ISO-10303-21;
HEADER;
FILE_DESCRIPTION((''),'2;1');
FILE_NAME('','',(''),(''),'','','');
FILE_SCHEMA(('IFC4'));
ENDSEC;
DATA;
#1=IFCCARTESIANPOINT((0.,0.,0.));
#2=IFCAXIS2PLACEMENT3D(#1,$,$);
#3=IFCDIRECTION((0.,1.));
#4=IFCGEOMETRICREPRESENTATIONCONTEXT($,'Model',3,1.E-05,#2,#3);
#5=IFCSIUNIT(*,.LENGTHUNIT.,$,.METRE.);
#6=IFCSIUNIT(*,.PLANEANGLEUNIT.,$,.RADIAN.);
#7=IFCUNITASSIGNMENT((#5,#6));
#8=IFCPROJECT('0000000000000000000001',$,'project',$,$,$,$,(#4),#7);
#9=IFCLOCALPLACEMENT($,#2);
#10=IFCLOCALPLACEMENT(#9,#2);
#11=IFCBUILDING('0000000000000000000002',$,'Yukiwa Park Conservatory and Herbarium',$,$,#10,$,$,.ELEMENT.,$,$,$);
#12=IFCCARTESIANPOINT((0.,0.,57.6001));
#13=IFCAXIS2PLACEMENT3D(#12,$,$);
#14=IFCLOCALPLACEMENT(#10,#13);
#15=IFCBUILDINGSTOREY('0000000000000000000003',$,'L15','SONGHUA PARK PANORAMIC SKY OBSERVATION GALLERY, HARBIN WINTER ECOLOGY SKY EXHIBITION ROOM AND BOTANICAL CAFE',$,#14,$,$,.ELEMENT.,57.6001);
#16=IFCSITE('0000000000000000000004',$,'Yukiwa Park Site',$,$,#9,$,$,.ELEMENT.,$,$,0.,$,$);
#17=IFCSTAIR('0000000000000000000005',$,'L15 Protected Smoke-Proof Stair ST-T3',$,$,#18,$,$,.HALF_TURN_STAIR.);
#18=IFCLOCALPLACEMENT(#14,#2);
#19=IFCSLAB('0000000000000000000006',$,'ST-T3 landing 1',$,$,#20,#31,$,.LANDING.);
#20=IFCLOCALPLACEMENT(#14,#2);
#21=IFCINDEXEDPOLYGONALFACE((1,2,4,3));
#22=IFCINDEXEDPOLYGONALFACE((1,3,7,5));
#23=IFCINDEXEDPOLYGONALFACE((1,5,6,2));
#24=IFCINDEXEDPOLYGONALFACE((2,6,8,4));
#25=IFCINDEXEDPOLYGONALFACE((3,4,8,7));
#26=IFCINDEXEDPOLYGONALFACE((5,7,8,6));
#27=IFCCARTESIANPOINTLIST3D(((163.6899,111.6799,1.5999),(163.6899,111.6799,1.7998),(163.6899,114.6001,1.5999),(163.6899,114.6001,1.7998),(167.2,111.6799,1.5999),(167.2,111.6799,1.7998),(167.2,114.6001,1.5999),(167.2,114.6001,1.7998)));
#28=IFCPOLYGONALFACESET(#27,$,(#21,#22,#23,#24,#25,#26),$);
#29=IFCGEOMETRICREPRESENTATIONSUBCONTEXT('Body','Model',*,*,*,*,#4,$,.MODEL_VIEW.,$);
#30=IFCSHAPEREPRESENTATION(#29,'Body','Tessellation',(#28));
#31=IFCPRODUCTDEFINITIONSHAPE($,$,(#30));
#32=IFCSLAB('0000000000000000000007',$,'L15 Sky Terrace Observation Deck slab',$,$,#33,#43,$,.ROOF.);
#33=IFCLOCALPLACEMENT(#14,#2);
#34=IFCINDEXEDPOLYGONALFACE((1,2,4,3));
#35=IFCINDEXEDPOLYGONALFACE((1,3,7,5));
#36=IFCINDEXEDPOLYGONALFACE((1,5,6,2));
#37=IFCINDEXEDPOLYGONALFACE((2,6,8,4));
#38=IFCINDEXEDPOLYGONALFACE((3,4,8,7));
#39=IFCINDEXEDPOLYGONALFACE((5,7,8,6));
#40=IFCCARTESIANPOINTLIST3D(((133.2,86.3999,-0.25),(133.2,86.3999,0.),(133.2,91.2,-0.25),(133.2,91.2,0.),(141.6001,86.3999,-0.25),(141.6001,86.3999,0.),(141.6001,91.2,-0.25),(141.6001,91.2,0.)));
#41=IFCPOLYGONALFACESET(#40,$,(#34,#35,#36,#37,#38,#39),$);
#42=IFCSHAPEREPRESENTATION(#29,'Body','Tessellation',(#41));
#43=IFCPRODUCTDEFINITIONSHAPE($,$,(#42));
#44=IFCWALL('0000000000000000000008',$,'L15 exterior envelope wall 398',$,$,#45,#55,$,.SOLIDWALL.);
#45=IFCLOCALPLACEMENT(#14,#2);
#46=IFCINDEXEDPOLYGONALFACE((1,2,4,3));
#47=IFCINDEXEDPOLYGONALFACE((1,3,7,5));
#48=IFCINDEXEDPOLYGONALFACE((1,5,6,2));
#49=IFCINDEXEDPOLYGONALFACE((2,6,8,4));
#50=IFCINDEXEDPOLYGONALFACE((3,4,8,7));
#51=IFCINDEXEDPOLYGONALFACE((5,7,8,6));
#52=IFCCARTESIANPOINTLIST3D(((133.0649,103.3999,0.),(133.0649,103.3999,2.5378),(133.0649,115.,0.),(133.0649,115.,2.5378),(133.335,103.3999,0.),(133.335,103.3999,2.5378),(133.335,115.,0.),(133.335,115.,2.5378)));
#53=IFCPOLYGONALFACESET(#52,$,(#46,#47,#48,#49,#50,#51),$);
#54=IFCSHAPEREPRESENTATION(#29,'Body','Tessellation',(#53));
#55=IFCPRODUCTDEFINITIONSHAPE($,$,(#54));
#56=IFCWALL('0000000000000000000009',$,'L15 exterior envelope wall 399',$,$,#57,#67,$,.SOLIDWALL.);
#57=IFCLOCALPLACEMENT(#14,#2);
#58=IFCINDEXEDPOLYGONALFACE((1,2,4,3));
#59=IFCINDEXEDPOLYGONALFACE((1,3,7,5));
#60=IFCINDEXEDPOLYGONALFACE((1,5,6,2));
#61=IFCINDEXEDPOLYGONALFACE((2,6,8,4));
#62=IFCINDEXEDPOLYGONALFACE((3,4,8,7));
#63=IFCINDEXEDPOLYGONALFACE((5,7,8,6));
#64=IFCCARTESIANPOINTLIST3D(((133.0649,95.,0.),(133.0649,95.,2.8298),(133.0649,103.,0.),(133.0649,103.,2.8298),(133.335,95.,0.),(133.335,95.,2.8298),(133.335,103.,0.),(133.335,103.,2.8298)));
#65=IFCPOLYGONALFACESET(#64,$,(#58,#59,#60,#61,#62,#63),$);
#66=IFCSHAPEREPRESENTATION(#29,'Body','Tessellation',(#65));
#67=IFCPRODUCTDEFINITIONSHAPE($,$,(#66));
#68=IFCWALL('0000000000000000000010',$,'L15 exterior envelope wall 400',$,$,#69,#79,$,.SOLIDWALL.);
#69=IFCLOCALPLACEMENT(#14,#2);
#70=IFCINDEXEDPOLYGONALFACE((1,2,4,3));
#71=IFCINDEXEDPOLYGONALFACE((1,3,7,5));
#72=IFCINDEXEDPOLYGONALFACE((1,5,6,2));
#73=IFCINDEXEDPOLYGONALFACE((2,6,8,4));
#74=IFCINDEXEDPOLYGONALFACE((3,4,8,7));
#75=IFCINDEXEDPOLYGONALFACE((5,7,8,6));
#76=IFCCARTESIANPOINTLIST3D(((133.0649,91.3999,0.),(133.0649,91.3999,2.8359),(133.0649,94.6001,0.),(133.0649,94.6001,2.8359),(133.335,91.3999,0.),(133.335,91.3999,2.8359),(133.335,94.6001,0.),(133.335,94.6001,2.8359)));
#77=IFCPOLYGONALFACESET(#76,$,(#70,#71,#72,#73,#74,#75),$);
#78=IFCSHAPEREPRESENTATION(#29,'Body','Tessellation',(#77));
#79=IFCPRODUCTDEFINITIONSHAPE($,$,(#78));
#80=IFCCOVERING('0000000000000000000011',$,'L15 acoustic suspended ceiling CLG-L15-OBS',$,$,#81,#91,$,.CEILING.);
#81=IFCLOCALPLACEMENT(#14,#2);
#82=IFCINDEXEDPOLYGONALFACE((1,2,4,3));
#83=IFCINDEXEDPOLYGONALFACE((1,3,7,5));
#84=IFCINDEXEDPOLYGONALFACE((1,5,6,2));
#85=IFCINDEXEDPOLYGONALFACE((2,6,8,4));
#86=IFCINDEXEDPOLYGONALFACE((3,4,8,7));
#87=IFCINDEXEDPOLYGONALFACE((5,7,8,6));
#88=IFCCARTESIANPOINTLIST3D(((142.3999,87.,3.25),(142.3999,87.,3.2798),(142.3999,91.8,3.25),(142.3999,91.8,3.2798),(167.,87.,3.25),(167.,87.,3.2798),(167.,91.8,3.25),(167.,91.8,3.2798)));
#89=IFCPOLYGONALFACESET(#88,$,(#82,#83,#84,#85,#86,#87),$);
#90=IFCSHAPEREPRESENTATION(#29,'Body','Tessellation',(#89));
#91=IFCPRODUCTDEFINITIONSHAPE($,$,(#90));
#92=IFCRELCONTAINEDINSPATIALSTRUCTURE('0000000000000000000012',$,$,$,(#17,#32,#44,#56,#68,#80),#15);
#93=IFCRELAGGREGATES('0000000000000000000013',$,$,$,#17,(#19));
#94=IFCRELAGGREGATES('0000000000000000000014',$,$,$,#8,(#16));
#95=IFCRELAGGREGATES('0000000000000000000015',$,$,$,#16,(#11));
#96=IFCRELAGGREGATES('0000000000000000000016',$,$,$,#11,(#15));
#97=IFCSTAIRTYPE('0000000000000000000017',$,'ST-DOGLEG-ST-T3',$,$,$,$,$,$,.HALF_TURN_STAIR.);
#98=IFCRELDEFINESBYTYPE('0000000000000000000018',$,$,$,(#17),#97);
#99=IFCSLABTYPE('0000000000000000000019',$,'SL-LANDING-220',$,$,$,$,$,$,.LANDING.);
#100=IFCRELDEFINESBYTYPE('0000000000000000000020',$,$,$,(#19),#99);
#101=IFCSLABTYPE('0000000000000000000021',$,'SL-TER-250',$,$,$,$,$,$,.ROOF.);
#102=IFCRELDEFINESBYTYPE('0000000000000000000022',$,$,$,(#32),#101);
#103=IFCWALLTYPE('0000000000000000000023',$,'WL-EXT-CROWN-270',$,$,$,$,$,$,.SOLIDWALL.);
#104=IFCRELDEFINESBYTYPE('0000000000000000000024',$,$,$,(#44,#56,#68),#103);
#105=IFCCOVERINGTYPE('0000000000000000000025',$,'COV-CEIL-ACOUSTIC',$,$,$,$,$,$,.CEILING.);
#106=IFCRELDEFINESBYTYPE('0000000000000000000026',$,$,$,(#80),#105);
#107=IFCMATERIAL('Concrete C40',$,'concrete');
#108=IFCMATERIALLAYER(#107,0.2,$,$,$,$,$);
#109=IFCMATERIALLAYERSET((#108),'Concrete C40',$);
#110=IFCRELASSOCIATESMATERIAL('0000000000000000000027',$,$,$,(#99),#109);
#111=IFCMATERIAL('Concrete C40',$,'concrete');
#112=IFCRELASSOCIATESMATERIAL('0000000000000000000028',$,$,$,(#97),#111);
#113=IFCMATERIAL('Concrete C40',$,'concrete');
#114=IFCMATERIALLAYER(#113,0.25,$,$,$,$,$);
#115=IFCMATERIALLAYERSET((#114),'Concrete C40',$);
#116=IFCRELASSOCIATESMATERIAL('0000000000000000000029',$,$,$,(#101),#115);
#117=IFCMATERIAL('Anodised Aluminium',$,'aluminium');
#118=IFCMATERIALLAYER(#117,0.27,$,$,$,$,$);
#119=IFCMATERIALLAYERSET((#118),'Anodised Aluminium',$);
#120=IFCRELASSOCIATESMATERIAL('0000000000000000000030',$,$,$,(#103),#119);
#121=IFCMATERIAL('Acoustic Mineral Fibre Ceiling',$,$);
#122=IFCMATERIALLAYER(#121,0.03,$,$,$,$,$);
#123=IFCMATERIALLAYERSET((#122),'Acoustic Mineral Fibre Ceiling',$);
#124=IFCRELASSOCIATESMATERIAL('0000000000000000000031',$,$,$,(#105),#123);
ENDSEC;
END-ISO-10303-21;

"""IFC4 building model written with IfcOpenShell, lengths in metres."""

from ifc_helpers import new_model, si_unit, direction, frame, frame_2d, origin, place, context, subcontext, project, spatial, polyline, rectangle, outline, extrude, material, layer, layer_set, type_object, element, aggregate, save


model = new_model("IFC4")

# Units and contexts
model_context = context("Model", 3, precision=1e-05, world=origin(), true_north=direction((0.0, 1.0)))
body_context = subcontext(model_context, "Body", "Model", "MODEL_VIEW")
ifc_project = project(units=[si_unit("LENGTHUNIT", "METRE"), si_unit("PLANEANGLEUNIT", "RADIAN")], contexts=[model_context])

# Site, building, storey
site_placement = place(None, origin())
site = spatial("IfcSite", under=ifc_project, at=site_placement, Name="Yukiwa Park Site", CompositionType="ELEMENT", RefElevation=0.0)
building_placement = place(site_placement, origin())
building = spatial("IfcBuilding", under=site, at=building_placement, Name="Yukiwa Park Conservatory and Herbarium", CompositionType="ELEMENT")
storey_placement = place(building_placement, frame((0.0, 0.0, 57.6001)))
storey = spatial("IfcBuildingStorey", under=building, at=storey_placement, Name="L15", Description="SONGHUA PARK PANORAMIC SKY OBSERVATION GALLERY, HARBIN WINTER ECOLOGY SKY EXHIBITION ROOM AND BOTANICAL CAFE", CompositionType="ELEMENT", Elevation=57.6001)

# Stair, slab
ifc_material_1 = material(Name="Concrete C40", Category="concrete")
ifc_layer_1 = layer(ifc_material_1, 0.2)
ifc_layer_set_1 = layer_set([ifc_layer_1], Name="Concrete C40")
slab_type_1 = type_object("IfcSlabType", Name="SL-LANDING-220", PredefinedType="LANDING", material=ifc_layer_set_1)
ifc_material_2 = material(Name="Concrete C40", Category="concrete")
stair_type_1 = type_object("IfcStairType", Name="ST-DOGLEG-ST-T3", PredefinedType="HALF_TURN_STAIR", material=ifc_material_2)
stair_1_placement = place(storey_placement, origin())
stair_1 = element("IfcStair", 1, at=stair_1_placement, inside=storey, type_object=stair_type_1, Name="L15 Protected Smoke-Proof Stair ST-T3", PredefinedType="HALF_TURN_STAIR")
slab_1_placement = place(storey_placement, frame((0.0, 0.0, 1.5999)))
slab_1 = element("IfcSlab", 2, at=slab_1_placement, type_object=slab_type_1, Name="ST-T3 landing 1", PredefinedType="LANDING", context=body_context, shape_type="SweptSolid", body=[
    extrude(outline(polyline([(167.2, 111.6799), (167.2, 114.6001), (163.6899, 114.6001), (163.6899, 111.6799), (167.2, 111.6799)])), origin(), (0.0, 0.0, 1.0), 0.2),
])
aggregate(stair_1, [slab_1])

# Slab
ifc_material_3 = material(Name="Concrete C40", Category="concrete")
ifc_layer_2 = layer(ifc_material_3, 0.25)
ifc_layer_set_2 = layer_set([ifc_layer_2], Name="Concrete C40")
slab_type_2 = type_object("IfcSlabType", Name="SL-TER-250", PredefinedType="ROOF", material=ifc_layer_set_2)
slab_2_placement = place(storey_placement, frame((0.0, 0.0, -0.25)))
element("IfcSlab", 3, at=slab_2_placement, inside=storey, type_object=slab_type_2, Name="L15 Sky Terrace Observation Deck slab", PredefinedType="ROOF", context=body_context, shape_type="SweptSolid", body=[
    extrude(outline(polyline([(133.2, 86.3999), (133.2, 91.2), (141.6001, 91.2), (141.6001, 86.3999), (133.2, 86.3999)])), origin(), (0.0, 0.0, 1.0), 0.25),
])

# Walls
ifc_material_4 = material(Name="Anodised Aluminium", Category="aluminium")
ifc_layer_3 = layer(ifc_material_4, 0.27)
ifc_layer_set_3 = layer_set([ifc_layer_3], Name="Anodised Aluminium")
wall_type = type_object("IfcWallType", Name="WL-EXT-CROWN-270", PredefinedType="SOLIDWALL", material=ifc_layer_set_3)
wall_1_placement = place(storey_placement, frame((133.2, 115.0, 0.0), z_axis=(0.0, 0.0, 1.0), x_axis=(0.0, -1.0, 0.0)))
element("IfcWall", 4, at=wall_1_placement, inside=storey, type_object=wall_type, Name="L15 exterior envelope wall 398", PredefinedType="SOLIDWALL", context=body_context, shape_type="SweptSolid", body=[
    extrude(rectangle(XDim=11.6001, YDim=0.27, at=frame_2d((5.8, 0.0))), origin(), (0.0, 0.0, 1.0), 2.5378),
])
wall_2_placement = place(storey_placement, frame((133.2, 103.0, 0.0), z_axis=(0.0, 0.0, 1.0), x_axis=(0.0, -1.0, 0.0)))
element("IfcWall", 5, at=wall_2_placement, inside=storey, type_object=wall_type, Name="L15 exterior envelope wall 399", PredefinedType="SOLIDWALL", context=body_context, shape_type="SweptSolid", body=[
    extrude(rectangle(XDim=8.0, YDim=0.27, at=frame_2d((4.0, 0.0))), origin(), (0.0, 0.0, 1.0), 2.8298),
])
wall_3_placement = place(storey_placement, frame((133.2, 94.6001, 0.0), z_axis=(0.0, 0.0, 1.0), x_axis=(0.0, -1.0, 0.0)))
element("IfcWall", 6, at=wall_3_placement, inside=storey, type_object=wall_type, Name="L15 exterior envelope wall 400", PredefinedType="SOLIDWALL", context=body_context, shape_type="SweptSolid", body=[
    extrude(rectangle(XDim=3.2002, YDim=0.27, at=frame_2d((1.6001, 0.0))), origin(), (0.0, 0.0, 1.0), 2.8359),
])

# Covering
ifc_material_5 = material(Name="Acoustic Mineral Fibre Ceiling")
ifc_layer_4 = layer(ifc_material_5, 0.03)
ifc_layer_set_4 = layer_set([ifc_layer_4], Name="Acoustic Mineral Fibre Ceiling")
covering_type = type_object("IfcCoveringType", Name="COV-CEIL-ACOUSTIC", PredefinedType="CEILING", material=ifc_layer_set_4)
covering_placement = place(storey_placement, frame((0.0, 0.0, 3.25)))
element("IfcCovering", 7, at=covering_placement, inside=storey, type_object=covering_type, Name="L15 acoustic suspended ceiling CLG-L15-OBS", PredefinedType="CEILING", context=body_context, shape_type="SweptSolid", body=[
    extrude(outline(polyline([(142.3999, 87.0), (167.0, 87.0), (167.0, 91.8), (142.3999, 91.8), (142.3999, 87.0)])), origin(), (0.0, 0.0, 1.0), 0.0298),
])

save(model, "model.ifc")
